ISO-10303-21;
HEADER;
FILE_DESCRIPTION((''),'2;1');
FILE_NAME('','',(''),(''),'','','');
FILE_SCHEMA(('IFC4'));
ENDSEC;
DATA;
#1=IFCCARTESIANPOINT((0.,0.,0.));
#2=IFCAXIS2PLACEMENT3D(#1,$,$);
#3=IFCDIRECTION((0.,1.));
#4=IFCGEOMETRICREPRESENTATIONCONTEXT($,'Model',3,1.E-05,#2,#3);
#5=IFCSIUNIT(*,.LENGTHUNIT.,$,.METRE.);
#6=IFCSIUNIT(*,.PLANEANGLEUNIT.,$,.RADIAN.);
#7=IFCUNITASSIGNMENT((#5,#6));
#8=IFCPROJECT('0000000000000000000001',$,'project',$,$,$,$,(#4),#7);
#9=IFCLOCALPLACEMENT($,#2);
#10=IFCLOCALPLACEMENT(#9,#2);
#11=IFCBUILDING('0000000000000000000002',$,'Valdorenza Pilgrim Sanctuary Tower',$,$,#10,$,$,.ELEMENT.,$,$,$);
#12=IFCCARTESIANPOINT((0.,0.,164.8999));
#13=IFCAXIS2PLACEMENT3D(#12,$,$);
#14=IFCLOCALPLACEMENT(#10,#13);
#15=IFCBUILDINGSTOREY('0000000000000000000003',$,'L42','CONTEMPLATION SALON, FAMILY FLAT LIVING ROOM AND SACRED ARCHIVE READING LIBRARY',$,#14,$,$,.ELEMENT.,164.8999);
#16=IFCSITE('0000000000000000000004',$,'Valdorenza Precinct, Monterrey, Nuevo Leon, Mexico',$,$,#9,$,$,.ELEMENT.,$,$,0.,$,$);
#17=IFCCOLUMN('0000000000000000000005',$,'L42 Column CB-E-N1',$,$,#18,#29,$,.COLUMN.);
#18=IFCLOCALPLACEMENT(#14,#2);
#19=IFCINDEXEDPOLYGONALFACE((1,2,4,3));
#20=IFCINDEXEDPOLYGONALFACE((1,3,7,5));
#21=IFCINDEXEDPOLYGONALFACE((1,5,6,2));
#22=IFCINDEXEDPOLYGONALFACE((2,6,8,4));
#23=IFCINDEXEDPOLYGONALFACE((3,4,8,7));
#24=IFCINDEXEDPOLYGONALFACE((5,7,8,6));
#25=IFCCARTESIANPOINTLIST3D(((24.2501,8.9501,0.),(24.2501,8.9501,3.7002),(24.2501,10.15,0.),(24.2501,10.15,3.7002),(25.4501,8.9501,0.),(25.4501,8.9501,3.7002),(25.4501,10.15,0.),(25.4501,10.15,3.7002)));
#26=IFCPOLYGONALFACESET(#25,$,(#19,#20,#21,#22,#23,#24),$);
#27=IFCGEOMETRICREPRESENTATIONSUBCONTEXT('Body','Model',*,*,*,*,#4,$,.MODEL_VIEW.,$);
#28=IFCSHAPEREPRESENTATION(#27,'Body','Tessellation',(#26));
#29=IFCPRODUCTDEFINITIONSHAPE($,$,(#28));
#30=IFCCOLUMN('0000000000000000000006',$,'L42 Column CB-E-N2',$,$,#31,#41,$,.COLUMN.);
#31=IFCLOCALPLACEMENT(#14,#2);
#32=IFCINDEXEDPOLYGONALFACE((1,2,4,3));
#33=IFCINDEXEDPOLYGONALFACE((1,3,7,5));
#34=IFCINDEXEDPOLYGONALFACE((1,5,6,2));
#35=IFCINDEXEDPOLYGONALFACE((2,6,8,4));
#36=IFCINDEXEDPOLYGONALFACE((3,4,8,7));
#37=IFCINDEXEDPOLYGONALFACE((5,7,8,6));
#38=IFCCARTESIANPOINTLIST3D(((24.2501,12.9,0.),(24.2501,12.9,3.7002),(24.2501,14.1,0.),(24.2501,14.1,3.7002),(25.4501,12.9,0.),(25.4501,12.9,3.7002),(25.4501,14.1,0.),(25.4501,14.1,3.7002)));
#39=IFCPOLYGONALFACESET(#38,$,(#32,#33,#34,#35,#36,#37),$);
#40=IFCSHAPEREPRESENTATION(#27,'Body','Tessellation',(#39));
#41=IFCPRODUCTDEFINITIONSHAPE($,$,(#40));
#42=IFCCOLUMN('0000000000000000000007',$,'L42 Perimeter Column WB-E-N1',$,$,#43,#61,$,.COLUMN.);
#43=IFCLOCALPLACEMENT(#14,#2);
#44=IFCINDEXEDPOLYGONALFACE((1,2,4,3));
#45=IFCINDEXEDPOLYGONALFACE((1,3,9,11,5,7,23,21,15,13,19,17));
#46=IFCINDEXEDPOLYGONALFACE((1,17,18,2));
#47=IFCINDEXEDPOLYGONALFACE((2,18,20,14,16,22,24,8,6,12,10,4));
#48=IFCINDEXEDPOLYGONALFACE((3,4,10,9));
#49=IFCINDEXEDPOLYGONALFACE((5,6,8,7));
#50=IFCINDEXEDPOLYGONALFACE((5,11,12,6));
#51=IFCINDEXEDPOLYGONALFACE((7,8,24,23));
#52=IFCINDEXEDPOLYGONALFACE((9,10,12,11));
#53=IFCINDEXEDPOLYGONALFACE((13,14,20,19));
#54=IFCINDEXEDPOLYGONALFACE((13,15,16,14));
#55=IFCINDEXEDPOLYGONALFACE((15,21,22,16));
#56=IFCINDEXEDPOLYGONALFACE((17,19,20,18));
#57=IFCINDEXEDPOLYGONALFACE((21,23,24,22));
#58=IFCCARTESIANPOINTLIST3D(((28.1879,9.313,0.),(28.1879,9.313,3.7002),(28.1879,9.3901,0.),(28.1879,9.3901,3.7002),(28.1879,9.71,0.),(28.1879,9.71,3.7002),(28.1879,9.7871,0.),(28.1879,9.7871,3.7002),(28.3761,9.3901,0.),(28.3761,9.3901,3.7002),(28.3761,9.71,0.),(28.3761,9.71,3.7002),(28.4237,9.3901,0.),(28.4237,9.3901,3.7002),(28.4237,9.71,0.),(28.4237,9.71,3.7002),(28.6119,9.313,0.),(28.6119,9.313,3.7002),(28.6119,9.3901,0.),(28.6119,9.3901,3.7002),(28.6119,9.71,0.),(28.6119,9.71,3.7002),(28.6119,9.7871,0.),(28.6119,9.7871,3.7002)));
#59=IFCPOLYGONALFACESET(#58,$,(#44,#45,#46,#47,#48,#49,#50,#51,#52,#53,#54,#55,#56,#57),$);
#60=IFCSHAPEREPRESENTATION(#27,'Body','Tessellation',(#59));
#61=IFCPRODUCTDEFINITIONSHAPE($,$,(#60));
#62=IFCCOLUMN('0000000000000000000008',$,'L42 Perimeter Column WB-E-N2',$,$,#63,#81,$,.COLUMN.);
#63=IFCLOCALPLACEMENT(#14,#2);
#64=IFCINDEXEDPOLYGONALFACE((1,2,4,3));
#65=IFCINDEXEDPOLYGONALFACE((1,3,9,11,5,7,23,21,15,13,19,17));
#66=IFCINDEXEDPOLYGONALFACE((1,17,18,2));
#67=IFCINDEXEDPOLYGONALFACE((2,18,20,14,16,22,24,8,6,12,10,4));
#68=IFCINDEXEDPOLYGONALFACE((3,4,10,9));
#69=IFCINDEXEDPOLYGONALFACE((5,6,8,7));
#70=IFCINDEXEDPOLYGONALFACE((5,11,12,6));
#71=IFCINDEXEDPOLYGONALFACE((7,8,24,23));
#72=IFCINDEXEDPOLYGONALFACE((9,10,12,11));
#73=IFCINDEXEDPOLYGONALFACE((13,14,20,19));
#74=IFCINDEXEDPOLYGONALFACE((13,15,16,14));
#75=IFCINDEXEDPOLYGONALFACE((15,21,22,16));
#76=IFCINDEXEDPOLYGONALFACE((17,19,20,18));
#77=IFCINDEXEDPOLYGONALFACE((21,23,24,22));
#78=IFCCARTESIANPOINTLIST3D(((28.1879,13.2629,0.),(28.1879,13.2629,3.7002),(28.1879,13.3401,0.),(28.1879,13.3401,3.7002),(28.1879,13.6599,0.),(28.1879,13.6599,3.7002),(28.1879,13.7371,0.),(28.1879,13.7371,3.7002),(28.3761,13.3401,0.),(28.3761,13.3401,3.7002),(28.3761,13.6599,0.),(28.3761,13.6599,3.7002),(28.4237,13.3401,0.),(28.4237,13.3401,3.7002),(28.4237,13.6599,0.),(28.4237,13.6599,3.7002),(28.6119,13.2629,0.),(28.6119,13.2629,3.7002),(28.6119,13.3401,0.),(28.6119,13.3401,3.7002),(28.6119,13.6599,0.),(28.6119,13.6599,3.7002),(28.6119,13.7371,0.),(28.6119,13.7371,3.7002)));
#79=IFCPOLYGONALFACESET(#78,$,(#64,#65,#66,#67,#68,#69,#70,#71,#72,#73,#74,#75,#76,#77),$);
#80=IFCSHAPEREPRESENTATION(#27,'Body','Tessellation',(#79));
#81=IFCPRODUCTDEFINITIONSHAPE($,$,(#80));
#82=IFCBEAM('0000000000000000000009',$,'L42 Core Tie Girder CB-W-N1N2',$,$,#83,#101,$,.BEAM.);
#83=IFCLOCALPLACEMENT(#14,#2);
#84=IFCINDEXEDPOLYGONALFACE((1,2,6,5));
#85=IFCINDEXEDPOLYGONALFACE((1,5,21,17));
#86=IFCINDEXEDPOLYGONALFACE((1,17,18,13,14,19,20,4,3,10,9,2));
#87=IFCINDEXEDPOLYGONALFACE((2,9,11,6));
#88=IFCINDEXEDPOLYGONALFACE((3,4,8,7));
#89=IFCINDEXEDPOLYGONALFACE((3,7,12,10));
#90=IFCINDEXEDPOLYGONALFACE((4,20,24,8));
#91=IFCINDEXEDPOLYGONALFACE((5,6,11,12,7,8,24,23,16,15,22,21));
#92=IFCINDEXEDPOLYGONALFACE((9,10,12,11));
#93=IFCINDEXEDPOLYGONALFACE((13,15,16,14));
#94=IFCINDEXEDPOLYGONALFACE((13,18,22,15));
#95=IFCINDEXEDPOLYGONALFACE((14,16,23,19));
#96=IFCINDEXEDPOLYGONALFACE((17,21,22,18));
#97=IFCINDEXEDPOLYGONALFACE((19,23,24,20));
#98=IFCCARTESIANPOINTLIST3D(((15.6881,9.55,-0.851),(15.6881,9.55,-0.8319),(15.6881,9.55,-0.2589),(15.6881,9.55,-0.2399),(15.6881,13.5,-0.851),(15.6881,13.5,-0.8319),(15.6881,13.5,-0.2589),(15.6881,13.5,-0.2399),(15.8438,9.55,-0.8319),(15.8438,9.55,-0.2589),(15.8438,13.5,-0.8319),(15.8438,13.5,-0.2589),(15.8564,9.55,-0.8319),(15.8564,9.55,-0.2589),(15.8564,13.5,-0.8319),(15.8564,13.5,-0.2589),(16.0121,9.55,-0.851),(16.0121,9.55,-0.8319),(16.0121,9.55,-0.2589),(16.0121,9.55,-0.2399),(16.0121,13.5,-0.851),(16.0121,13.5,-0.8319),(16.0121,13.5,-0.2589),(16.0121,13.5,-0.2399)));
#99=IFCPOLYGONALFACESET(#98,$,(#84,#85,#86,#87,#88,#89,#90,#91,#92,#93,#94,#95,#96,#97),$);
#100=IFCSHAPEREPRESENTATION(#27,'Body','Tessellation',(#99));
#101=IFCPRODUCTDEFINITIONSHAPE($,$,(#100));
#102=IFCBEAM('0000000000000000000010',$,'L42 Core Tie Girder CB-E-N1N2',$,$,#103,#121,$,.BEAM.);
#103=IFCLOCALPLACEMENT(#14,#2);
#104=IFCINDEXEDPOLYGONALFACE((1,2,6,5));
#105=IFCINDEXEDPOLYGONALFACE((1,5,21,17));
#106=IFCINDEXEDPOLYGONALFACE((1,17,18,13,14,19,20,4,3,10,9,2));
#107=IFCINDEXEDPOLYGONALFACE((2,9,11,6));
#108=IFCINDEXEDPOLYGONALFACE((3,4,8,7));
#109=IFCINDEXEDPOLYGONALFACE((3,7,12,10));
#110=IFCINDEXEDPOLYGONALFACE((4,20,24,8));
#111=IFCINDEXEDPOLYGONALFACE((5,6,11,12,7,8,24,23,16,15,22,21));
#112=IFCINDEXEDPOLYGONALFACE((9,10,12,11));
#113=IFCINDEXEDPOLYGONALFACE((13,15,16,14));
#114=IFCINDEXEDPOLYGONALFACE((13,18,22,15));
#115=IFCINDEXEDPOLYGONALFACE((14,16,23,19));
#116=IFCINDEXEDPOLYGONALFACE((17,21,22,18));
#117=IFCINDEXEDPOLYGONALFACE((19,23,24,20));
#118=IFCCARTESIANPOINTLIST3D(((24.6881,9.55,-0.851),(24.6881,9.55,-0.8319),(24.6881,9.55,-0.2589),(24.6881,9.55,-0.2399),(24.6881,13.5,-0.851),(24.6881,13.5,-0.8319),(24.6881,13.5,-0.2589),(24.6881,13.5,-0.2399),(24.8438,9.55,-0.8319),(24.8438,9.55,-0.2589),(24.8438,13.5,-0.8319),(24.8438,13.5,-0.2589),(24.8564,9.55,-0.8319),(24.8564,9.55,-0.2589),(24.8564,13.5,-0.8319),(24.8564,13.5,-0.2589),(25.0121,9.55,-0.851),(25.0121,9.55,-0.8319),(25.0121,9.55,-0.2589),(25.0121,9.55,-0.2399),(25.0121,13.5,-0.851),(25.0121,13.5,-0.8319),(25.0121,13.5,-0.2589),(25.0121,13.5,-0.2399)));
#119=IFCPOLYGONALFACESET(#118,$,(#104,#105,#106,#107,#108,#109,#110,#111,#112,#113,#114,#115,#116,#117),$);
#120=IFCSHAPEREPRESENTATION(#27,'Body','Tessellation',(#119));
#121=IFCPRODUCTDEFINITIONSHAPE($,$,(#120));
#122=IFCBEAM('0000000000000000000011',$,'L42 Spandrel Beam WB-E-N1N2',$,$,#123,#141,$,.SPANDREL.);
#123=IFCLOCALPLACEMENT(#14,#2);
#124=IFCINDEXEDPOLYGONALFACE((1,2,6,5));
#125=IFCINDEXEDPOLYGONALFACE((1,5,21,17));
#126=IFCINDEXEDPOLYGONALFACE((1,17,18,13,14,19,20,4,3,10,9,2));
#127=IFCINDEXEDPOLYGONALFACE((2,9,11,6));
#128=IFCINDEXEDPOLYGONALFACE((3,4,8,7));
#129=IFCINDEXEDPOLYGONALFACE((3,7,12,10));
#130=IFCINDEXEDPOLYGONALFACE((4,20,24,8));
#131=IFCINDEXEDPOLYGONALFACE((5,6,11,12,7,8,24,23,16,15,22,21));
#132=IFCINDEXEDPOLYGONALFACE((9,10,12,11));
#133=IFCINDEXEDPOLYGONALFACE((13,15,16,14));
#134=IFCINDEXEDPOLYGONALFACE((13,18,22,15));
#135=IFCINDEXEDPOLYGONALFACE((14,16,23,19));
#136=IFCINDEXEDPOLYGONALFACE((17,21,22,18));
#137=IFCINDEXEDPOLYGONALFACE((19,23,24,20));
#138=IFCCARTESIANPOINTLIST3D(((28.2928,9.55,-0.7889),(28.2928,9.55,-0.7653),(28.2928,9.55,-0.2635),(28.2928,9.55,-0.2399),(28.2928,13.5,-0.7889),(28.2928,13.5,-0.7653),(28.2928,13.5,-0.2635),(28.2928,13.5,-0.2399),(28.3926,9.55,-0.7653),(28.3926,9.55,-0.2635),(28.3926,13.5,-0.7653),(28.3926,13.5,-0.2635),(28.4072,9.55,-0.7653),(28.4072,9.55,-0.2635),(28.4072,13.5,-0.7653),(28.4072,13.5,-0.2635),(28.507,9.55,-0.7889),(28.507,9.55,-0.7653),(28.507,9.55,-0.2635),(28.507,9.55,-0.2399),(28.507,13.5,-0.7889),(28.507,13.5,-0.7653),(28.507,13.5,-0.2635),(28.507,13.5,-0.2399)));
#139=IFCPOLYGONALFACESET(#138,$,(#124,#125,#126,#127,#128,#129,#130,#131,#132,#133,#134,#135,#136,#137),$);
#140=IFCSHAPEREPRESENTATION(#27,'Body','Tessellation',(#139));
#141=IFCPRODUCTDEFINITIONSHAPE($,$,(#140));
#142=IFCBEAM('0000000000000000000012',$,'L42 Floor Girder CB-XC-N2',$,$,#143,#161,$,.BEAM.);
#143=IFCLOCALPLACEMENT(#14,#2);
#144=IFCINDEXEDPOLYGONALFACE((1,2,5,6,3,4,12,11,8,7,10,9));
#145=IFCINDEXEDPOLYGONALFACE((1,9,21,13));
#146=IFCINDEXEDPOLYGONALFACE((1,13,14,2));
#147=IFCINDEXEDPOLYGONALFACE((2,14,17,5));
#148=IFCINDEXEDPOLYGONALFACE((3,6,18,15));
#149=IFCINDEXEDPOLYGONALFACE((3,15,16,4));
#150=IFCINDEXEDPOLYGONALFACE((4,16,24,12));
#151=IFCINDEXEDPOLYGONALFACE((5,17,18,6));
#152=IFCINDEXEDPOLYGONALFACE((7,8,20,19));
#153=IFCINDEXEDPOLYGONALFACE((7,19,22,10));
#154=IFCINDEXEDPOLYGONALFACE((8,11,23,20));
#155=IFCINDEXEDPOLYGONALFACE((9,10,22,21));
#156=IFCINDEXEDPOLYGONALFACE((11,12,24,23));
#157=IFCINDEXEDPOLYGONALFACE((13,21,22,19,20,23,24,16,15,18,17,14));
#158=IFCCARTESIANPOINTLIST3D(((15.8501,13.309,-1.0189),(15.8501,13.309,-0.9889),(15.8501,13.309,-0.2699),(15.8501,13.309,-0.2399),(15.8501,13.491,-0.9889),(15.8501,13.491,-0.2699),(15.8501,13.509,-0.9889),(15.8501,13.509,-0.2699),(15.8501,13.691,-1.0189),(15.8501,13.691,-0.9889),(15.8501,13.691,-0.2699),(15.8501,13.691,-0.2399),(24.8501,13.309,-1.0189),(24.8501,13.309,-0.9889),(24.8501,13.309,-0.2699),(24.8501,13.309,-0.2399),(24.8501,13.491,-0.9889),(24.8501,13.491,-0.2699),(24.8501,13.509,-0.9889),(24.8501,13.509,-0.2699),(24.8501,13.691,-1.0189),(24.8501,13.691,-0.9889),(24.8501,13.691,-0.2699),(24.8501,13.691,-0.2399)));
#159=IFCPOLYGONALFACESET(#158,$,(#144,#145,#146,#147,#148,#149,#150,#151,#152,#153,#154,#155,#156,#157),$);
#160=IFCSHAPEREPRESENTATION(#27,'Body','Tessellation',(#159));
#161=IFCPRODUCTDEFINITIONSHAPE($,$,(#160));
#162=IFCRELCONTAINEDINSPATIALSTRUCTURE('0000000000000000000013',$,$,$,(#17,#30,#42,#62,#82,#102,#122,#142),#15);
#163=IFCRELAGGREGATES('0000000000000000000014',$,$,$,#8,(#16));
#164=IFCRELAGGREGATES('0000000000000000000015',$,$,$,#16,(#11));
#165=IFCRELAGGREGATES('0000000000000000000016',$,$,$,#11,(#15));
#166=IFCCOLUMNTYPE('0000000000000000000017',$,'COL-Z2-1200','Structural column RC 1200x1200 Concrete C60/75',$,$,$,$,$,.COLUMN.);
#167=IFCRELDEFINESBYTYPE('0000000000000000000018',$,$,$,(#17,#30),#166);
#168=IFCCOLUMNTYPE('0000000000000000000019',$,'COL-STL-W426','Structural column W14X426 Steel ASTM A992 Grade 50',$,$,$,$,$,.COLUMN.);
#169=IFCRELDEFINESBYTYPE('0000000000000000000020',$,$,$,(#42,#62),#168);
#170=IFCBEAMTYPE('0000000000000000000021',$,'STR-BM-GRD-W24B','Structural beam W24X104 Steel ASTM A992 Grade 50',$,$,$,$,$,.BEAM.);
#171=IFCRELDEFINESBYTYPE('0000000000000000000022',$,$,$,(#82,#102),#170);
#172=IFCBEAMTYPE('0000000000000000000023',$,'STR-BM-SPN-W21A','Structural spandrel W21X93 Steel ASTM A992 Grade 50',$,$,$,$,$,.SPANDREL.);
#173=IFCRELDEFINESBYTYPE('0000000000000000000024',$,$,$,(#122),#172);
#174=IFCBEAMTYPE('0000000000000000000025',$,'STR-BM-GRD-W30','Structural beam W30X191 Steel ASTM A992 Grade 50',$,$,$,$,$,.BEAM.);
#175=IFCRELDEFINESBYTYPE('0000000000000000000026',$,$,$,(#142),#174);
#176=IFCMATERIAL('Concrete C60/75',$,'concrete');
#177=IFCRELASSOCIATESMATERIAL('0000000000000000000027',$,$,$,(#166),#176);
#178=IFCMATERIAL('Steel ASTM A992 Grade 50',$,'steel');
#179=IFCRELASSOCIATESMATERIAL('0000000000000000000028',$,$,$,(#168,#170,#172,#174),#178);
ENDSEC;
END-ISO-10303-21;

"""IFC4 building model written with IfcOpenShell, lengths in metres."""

from ifc_helpers import new_model, si_unit, direction, frame, origin, origin_2d, place, context, subcontext, project, spatial, rectangle, i_section, extrude, source, transform, mapped, material, material_profile, profile_set, type_object, element, save


model = new_model("IFC4")

# Units and contexts
model_context = context("Model", 3, precision=1e-05, world=origin(), true_north=direction((0.0, 1.0)))
body_context = subcontext(model_context, "Body", "Model", "MODEL_VIEW")
ifc_project = project(units=[si_unit("LENGTHUNIT", "METRE"), si_unit("PLANEANGLEUNIT", "RADIAN")], contexts=[model_context])

# Site, building, storey
site_placement = place(None, origin())
site = spatial("IfcSite", under=ifc_project, at=site_placement, Name="Valdorenza Precinct, Monterrey, Nuevo Leon, Mexico", CompositionType="ELEMENT", RefElevation=0.0)
building_placement = place(site_placement, origin())
building = spatial("IfcBuilding", under=site, at=building_placement, Name="Valdorenza Pilgrim Sanctuary Tower", CompositionType="ELEMENT")
storey_placement = place(building_placement, frame((0.0, 0.0, 164.8999)))
storey = spatial("IfcBuildingStorey", under=building, at=storey_placement, Name="L42", Description="CONTEMPLATION SALON, FAMILY FLAT LIVING ROOM AND SACRED ARCHIVE READING LIBRARY", CompositionType="ELEMENT", Elevation=164.8999)

# Columns
ifc_material_1 = material(Name="Concrete C60/75", Category="concrete")
ifc_material_profile_1 = material_profile(ifc_material_1, rectangle(XDim=1.2, YDim=1.2, at=origin_2d()), Name="RC 1200x1200")
ifc_profile_set_1 = profile_set([ifc_material_profile_1], Name="Concrete C60/75")
column_type_1 = type_object("IfcColumnType", Name="COL-Z2-1200", Description="Structural column RC 1200x1200 Concrete C60/75", PredefinedType="COLUMN", material=ifc_profile_set_1)
shared_shape_1 = source(origin(), body_context, "Body", "SweptSolid", [
    extrude(rectangle(XDim=1.2, YDim=1.2, at=origin_2d()), origin(), (0.0, 0.0, 1.0), 3.7002),
])
for number, where, z_axis, x_axis, name in (
    (1, (24.8501, 9.55, 0.0), (0.0, 0.0, 1.0), (1.0, 0.0, 0.0), "L42 Column CB-E-N1"),
    (2, (24.8501, 13.5, 0.0), (0.0, 0.0, 1.0), (1.0, 0.0, 0.0), "L42 Column CB-E-N2"),
):
    element("IfcColumn", number, at=place(storey_placement, frame(where, z_axis=z_axis, x_axis=x_axis)), inside=storey, type_object=column_type_1, Name=name, PredefinedType="COLUMN", context=body_context, shape_type="MappedRepresentation", body=[
        mapped(shared_shape_1, transform((0.0, 0.0, 0.0), x_axis=(1.0, 0.0, 0.0), y_axis=(0.0, 1.0, 0.0), z_axis=(0.0, 0.0, 1.0), scale=1.0)),
    ])
ifc_material_2 = material(Name="Steel ASTM A992 Grade 50", Category="steel")
ifc_material_profile_2 = material_profile(ifc_material_2, i_section(OverallWidth=0.4241, OverallDepth=0.4741, WebThickness=0.0476, FlangeThickness=0.0771, at=origin_2d()), Name="W14X426")
ifc_profile_set_2 = profile_set([ifc_material_profile_2], Name="Steel ASTM A992 Grade 50")
column_type_2 = type_object("IfcColumnType", Name="COL-STL-W426", Description="Structural column W14X426 Steel ASTM A992 Grade 50", PredefinedType="COLUMN", material=ifc_profile_set_2)
shared_shape_2 = source(origin(), body_context, "Body", "SweptSolid", [
    extrude(i_section(OverallWidth=0.4241, OverallDepth=0.4741, WebThickness=0.0476, FlangeThickness=0.0771, at=origin_2d()), origin(), (0.0, 0.0, 1.0), 3.7002),
])
for number, where, z_axis, x_axis, name in (
    (3, (28.3999, 9.55, 0.0), (0.0, 0.0, 1.0), (1.0, 0.0, 0.0), "L42 Perimeter Column WB-E-N1"),
    (4, (28.3999, 13.5, 0.0), (0.0, 0.0, 1.0), (1.0, 0.0, 0.0), "L42 Perimeter Column WB-E-N2"),
):
    element("IfcColumn", number, at=place(storey_placement, frame(where, z_axis=z_axis, x_axis=x_axis)), inside=storey, type_object=column_type_2, Name=name, PredefinedType="COLUMN", context=body_context, shape_type="MappedRepresentation", body=[
        mapped(shared_shape_2, transform((0.0, 0.0, 0.0), x_axis=(1.0, 0.0, 0.0), y_axis=(0.0, 1.0, 0.0), z_axis=(0.0, 0.0, 1.0), scale=1.0)),
    ])

# Beams
ifc_material_profile_3 = material_profile(ifc_material_2, i_section(OverallWidth=0.324, OverallDepth=0.6111, WebThickness=0.0127, FlangeThickness=0.019, at=origin_2d()), Name="W24X104")
ifc_profile_set_3 = profile_set([ifc_material_profile_3], Name="Steel ASTM A992 Grade 50")
beam_type_1 = type_object("IfcBeamType", Name="STR-BM-GRD-W24B", Description="Structural beam W24X104 Steel ASTM A992 Grade 50", PredefinedType="BEAM", material=ifc_profile_set_3)
shared_shape_3 = source(origin(), body_context, "Body", "SweptSolid", [
    extrude(i_section(OverallWidth=0.324, OverallDepth=0.6111, WebThickness=0.0127, FlangeThickness=0.019, at=origin_2d()), origin(), (0.0, 0.0, 1.0), 3.95),
])
for number, where, z_axis, x_axis, name in (
    (5, (15.8501, 9.55, -0.5454), (0.0, 1.0, 0.0), (-1.0, 0.0, 0.0), "L42 Core Tie Girder CB-W-N1N2"),
    (6, (24.8501, 9.55, -0.5454), (0.0, 1.0, 0.0), (-1.0, 0.0, 0.0), "L42 Core Tie Girder CB-E-N1N2"),
):
    element("IfcBeam", number, at=place(storey_placement, frame(where, z_axis=z_axis, x_axis=x_axis)), inside=storey, type_object=beam_type_1, Name=name, PredefinedType="BEAM", context=body_context, shape_type="MappedRepresentation", body=[
        mapped(shared_shape_3, transform((0.0, 0.0, 0.0), x_axis=(1.0, 0.0, 0.0), y_axis=(0.0, 1.0, 0.0), z_axis=(0.0, 0.0, 1.0), scale=1.0)),
    ])
ifc_material_profile_4 = material_profile(ifc_material_2, i_section(OverallWidth=0.2141, OverallDepth=0.5491, WebThickness=0.0146, FlangeThickness=0.0237, at=origin_2d()), Name="W21X93")
ifc_profile_set_4 = profile_set([ifc_material_profile_4], Name="Steel ASTM A992 Grade 50")
beam_type_2 = type_object("IfcBeamType", Name="STR-BM-SPN-W21A", Description="Structural spandrel W21X93 Steel ASTM A992 Grade 50", PredefinedType="SPANDREL", material=ifc_profile_set_4)
shared_shape_4 = source(origin(), body_context, "Body", "SweptSolid", [
    extrude(i_section(OverallWidth=0.2141, OverallDepth=0.5491, WebThickness=0.0146, FlangeThickness=0.0237, at=origin_2d()), origin(), (0.0, 0.0, 1.0), 3.95),
])
beam_1_placement = place(storey_placement, frame((28.3999, 9.55, -0.5144), z_axis=(0.0, 1.0, 0.0), x_axis=(-1.0, 0.0, 0.0)))
element("IfcBeam", 7, at=beam_1_placement, inside=storey, type_object=beam_type_2, Name="L42 Spandrel Beam WB-E-N1N2", PredefinedType="SPANDREL", context=body_context, shape_type="MappedRepresentation", body=[
    mapped(shared_shape_4, transform((0.0, 0.0, 0.0), x_axis=(1.0, 0.0, 0.0), y_axis=(0.0, 1.0, 0.0), z_axis=(0.0, 0.0, 1.0), scale=1.0)),
])
ifc_material_profile_5 = material_profile(ifc_material_2, i_section(OverallWidth=0.3821, OverallDepth=0.7791, WebThickness=0.0181, FlangeThickness=0.03, at=origin_2d()), Name="W30X191")
ifc_profile_set_5 = profile_set([ifc_material_profile_5], Name="Steel ASTM A992 Grade 50")
beam_type_3 = type_object("IfcBeamType", Name="STR-BM-GRD-W30", Description="Structural beam W30X191 Steel ASTM A992 Grade 50", PredefinedType="BEAM", material=ifc_profile_set_5)
shared_shape_5 = source(origin(), body_context, "Body", "SweptSolid", [
    extrude(i_section(OverallWidth=0.3821, OverallDepth=0.7791, WebThickness=0.0181, FlangeThickness=0.03, at=origin_2d()), origin(), (0.0, 0.0, 1.0), 9.0),
])
beam_2_placement = place(storey_placement, frame((15.8501, 13.5, -0.6294), z_axis=(1.0, 0.0, 0.0), x_axis=(0.0, 1.0, 0.0)))
element("IfcBeam", 8, at=beam_2_placement, inside=storey, type_object=beam_type_3, Name="L42 Floor Girder CB-XC-N2", PredefinedType="BEAM", context=body_context, shape_type="MappedRepresentation", body=[
    mapped(shared_shape_5, transform((0.0, 0.0, 0.0), x_axis=(1.0, 0.0, 0.0), y_axis=(0.0, 1.0, 0.0), z_axis=(0.0, 0.0, 1.0), scale=1.0)),
])

save(model, "model.ifc")
